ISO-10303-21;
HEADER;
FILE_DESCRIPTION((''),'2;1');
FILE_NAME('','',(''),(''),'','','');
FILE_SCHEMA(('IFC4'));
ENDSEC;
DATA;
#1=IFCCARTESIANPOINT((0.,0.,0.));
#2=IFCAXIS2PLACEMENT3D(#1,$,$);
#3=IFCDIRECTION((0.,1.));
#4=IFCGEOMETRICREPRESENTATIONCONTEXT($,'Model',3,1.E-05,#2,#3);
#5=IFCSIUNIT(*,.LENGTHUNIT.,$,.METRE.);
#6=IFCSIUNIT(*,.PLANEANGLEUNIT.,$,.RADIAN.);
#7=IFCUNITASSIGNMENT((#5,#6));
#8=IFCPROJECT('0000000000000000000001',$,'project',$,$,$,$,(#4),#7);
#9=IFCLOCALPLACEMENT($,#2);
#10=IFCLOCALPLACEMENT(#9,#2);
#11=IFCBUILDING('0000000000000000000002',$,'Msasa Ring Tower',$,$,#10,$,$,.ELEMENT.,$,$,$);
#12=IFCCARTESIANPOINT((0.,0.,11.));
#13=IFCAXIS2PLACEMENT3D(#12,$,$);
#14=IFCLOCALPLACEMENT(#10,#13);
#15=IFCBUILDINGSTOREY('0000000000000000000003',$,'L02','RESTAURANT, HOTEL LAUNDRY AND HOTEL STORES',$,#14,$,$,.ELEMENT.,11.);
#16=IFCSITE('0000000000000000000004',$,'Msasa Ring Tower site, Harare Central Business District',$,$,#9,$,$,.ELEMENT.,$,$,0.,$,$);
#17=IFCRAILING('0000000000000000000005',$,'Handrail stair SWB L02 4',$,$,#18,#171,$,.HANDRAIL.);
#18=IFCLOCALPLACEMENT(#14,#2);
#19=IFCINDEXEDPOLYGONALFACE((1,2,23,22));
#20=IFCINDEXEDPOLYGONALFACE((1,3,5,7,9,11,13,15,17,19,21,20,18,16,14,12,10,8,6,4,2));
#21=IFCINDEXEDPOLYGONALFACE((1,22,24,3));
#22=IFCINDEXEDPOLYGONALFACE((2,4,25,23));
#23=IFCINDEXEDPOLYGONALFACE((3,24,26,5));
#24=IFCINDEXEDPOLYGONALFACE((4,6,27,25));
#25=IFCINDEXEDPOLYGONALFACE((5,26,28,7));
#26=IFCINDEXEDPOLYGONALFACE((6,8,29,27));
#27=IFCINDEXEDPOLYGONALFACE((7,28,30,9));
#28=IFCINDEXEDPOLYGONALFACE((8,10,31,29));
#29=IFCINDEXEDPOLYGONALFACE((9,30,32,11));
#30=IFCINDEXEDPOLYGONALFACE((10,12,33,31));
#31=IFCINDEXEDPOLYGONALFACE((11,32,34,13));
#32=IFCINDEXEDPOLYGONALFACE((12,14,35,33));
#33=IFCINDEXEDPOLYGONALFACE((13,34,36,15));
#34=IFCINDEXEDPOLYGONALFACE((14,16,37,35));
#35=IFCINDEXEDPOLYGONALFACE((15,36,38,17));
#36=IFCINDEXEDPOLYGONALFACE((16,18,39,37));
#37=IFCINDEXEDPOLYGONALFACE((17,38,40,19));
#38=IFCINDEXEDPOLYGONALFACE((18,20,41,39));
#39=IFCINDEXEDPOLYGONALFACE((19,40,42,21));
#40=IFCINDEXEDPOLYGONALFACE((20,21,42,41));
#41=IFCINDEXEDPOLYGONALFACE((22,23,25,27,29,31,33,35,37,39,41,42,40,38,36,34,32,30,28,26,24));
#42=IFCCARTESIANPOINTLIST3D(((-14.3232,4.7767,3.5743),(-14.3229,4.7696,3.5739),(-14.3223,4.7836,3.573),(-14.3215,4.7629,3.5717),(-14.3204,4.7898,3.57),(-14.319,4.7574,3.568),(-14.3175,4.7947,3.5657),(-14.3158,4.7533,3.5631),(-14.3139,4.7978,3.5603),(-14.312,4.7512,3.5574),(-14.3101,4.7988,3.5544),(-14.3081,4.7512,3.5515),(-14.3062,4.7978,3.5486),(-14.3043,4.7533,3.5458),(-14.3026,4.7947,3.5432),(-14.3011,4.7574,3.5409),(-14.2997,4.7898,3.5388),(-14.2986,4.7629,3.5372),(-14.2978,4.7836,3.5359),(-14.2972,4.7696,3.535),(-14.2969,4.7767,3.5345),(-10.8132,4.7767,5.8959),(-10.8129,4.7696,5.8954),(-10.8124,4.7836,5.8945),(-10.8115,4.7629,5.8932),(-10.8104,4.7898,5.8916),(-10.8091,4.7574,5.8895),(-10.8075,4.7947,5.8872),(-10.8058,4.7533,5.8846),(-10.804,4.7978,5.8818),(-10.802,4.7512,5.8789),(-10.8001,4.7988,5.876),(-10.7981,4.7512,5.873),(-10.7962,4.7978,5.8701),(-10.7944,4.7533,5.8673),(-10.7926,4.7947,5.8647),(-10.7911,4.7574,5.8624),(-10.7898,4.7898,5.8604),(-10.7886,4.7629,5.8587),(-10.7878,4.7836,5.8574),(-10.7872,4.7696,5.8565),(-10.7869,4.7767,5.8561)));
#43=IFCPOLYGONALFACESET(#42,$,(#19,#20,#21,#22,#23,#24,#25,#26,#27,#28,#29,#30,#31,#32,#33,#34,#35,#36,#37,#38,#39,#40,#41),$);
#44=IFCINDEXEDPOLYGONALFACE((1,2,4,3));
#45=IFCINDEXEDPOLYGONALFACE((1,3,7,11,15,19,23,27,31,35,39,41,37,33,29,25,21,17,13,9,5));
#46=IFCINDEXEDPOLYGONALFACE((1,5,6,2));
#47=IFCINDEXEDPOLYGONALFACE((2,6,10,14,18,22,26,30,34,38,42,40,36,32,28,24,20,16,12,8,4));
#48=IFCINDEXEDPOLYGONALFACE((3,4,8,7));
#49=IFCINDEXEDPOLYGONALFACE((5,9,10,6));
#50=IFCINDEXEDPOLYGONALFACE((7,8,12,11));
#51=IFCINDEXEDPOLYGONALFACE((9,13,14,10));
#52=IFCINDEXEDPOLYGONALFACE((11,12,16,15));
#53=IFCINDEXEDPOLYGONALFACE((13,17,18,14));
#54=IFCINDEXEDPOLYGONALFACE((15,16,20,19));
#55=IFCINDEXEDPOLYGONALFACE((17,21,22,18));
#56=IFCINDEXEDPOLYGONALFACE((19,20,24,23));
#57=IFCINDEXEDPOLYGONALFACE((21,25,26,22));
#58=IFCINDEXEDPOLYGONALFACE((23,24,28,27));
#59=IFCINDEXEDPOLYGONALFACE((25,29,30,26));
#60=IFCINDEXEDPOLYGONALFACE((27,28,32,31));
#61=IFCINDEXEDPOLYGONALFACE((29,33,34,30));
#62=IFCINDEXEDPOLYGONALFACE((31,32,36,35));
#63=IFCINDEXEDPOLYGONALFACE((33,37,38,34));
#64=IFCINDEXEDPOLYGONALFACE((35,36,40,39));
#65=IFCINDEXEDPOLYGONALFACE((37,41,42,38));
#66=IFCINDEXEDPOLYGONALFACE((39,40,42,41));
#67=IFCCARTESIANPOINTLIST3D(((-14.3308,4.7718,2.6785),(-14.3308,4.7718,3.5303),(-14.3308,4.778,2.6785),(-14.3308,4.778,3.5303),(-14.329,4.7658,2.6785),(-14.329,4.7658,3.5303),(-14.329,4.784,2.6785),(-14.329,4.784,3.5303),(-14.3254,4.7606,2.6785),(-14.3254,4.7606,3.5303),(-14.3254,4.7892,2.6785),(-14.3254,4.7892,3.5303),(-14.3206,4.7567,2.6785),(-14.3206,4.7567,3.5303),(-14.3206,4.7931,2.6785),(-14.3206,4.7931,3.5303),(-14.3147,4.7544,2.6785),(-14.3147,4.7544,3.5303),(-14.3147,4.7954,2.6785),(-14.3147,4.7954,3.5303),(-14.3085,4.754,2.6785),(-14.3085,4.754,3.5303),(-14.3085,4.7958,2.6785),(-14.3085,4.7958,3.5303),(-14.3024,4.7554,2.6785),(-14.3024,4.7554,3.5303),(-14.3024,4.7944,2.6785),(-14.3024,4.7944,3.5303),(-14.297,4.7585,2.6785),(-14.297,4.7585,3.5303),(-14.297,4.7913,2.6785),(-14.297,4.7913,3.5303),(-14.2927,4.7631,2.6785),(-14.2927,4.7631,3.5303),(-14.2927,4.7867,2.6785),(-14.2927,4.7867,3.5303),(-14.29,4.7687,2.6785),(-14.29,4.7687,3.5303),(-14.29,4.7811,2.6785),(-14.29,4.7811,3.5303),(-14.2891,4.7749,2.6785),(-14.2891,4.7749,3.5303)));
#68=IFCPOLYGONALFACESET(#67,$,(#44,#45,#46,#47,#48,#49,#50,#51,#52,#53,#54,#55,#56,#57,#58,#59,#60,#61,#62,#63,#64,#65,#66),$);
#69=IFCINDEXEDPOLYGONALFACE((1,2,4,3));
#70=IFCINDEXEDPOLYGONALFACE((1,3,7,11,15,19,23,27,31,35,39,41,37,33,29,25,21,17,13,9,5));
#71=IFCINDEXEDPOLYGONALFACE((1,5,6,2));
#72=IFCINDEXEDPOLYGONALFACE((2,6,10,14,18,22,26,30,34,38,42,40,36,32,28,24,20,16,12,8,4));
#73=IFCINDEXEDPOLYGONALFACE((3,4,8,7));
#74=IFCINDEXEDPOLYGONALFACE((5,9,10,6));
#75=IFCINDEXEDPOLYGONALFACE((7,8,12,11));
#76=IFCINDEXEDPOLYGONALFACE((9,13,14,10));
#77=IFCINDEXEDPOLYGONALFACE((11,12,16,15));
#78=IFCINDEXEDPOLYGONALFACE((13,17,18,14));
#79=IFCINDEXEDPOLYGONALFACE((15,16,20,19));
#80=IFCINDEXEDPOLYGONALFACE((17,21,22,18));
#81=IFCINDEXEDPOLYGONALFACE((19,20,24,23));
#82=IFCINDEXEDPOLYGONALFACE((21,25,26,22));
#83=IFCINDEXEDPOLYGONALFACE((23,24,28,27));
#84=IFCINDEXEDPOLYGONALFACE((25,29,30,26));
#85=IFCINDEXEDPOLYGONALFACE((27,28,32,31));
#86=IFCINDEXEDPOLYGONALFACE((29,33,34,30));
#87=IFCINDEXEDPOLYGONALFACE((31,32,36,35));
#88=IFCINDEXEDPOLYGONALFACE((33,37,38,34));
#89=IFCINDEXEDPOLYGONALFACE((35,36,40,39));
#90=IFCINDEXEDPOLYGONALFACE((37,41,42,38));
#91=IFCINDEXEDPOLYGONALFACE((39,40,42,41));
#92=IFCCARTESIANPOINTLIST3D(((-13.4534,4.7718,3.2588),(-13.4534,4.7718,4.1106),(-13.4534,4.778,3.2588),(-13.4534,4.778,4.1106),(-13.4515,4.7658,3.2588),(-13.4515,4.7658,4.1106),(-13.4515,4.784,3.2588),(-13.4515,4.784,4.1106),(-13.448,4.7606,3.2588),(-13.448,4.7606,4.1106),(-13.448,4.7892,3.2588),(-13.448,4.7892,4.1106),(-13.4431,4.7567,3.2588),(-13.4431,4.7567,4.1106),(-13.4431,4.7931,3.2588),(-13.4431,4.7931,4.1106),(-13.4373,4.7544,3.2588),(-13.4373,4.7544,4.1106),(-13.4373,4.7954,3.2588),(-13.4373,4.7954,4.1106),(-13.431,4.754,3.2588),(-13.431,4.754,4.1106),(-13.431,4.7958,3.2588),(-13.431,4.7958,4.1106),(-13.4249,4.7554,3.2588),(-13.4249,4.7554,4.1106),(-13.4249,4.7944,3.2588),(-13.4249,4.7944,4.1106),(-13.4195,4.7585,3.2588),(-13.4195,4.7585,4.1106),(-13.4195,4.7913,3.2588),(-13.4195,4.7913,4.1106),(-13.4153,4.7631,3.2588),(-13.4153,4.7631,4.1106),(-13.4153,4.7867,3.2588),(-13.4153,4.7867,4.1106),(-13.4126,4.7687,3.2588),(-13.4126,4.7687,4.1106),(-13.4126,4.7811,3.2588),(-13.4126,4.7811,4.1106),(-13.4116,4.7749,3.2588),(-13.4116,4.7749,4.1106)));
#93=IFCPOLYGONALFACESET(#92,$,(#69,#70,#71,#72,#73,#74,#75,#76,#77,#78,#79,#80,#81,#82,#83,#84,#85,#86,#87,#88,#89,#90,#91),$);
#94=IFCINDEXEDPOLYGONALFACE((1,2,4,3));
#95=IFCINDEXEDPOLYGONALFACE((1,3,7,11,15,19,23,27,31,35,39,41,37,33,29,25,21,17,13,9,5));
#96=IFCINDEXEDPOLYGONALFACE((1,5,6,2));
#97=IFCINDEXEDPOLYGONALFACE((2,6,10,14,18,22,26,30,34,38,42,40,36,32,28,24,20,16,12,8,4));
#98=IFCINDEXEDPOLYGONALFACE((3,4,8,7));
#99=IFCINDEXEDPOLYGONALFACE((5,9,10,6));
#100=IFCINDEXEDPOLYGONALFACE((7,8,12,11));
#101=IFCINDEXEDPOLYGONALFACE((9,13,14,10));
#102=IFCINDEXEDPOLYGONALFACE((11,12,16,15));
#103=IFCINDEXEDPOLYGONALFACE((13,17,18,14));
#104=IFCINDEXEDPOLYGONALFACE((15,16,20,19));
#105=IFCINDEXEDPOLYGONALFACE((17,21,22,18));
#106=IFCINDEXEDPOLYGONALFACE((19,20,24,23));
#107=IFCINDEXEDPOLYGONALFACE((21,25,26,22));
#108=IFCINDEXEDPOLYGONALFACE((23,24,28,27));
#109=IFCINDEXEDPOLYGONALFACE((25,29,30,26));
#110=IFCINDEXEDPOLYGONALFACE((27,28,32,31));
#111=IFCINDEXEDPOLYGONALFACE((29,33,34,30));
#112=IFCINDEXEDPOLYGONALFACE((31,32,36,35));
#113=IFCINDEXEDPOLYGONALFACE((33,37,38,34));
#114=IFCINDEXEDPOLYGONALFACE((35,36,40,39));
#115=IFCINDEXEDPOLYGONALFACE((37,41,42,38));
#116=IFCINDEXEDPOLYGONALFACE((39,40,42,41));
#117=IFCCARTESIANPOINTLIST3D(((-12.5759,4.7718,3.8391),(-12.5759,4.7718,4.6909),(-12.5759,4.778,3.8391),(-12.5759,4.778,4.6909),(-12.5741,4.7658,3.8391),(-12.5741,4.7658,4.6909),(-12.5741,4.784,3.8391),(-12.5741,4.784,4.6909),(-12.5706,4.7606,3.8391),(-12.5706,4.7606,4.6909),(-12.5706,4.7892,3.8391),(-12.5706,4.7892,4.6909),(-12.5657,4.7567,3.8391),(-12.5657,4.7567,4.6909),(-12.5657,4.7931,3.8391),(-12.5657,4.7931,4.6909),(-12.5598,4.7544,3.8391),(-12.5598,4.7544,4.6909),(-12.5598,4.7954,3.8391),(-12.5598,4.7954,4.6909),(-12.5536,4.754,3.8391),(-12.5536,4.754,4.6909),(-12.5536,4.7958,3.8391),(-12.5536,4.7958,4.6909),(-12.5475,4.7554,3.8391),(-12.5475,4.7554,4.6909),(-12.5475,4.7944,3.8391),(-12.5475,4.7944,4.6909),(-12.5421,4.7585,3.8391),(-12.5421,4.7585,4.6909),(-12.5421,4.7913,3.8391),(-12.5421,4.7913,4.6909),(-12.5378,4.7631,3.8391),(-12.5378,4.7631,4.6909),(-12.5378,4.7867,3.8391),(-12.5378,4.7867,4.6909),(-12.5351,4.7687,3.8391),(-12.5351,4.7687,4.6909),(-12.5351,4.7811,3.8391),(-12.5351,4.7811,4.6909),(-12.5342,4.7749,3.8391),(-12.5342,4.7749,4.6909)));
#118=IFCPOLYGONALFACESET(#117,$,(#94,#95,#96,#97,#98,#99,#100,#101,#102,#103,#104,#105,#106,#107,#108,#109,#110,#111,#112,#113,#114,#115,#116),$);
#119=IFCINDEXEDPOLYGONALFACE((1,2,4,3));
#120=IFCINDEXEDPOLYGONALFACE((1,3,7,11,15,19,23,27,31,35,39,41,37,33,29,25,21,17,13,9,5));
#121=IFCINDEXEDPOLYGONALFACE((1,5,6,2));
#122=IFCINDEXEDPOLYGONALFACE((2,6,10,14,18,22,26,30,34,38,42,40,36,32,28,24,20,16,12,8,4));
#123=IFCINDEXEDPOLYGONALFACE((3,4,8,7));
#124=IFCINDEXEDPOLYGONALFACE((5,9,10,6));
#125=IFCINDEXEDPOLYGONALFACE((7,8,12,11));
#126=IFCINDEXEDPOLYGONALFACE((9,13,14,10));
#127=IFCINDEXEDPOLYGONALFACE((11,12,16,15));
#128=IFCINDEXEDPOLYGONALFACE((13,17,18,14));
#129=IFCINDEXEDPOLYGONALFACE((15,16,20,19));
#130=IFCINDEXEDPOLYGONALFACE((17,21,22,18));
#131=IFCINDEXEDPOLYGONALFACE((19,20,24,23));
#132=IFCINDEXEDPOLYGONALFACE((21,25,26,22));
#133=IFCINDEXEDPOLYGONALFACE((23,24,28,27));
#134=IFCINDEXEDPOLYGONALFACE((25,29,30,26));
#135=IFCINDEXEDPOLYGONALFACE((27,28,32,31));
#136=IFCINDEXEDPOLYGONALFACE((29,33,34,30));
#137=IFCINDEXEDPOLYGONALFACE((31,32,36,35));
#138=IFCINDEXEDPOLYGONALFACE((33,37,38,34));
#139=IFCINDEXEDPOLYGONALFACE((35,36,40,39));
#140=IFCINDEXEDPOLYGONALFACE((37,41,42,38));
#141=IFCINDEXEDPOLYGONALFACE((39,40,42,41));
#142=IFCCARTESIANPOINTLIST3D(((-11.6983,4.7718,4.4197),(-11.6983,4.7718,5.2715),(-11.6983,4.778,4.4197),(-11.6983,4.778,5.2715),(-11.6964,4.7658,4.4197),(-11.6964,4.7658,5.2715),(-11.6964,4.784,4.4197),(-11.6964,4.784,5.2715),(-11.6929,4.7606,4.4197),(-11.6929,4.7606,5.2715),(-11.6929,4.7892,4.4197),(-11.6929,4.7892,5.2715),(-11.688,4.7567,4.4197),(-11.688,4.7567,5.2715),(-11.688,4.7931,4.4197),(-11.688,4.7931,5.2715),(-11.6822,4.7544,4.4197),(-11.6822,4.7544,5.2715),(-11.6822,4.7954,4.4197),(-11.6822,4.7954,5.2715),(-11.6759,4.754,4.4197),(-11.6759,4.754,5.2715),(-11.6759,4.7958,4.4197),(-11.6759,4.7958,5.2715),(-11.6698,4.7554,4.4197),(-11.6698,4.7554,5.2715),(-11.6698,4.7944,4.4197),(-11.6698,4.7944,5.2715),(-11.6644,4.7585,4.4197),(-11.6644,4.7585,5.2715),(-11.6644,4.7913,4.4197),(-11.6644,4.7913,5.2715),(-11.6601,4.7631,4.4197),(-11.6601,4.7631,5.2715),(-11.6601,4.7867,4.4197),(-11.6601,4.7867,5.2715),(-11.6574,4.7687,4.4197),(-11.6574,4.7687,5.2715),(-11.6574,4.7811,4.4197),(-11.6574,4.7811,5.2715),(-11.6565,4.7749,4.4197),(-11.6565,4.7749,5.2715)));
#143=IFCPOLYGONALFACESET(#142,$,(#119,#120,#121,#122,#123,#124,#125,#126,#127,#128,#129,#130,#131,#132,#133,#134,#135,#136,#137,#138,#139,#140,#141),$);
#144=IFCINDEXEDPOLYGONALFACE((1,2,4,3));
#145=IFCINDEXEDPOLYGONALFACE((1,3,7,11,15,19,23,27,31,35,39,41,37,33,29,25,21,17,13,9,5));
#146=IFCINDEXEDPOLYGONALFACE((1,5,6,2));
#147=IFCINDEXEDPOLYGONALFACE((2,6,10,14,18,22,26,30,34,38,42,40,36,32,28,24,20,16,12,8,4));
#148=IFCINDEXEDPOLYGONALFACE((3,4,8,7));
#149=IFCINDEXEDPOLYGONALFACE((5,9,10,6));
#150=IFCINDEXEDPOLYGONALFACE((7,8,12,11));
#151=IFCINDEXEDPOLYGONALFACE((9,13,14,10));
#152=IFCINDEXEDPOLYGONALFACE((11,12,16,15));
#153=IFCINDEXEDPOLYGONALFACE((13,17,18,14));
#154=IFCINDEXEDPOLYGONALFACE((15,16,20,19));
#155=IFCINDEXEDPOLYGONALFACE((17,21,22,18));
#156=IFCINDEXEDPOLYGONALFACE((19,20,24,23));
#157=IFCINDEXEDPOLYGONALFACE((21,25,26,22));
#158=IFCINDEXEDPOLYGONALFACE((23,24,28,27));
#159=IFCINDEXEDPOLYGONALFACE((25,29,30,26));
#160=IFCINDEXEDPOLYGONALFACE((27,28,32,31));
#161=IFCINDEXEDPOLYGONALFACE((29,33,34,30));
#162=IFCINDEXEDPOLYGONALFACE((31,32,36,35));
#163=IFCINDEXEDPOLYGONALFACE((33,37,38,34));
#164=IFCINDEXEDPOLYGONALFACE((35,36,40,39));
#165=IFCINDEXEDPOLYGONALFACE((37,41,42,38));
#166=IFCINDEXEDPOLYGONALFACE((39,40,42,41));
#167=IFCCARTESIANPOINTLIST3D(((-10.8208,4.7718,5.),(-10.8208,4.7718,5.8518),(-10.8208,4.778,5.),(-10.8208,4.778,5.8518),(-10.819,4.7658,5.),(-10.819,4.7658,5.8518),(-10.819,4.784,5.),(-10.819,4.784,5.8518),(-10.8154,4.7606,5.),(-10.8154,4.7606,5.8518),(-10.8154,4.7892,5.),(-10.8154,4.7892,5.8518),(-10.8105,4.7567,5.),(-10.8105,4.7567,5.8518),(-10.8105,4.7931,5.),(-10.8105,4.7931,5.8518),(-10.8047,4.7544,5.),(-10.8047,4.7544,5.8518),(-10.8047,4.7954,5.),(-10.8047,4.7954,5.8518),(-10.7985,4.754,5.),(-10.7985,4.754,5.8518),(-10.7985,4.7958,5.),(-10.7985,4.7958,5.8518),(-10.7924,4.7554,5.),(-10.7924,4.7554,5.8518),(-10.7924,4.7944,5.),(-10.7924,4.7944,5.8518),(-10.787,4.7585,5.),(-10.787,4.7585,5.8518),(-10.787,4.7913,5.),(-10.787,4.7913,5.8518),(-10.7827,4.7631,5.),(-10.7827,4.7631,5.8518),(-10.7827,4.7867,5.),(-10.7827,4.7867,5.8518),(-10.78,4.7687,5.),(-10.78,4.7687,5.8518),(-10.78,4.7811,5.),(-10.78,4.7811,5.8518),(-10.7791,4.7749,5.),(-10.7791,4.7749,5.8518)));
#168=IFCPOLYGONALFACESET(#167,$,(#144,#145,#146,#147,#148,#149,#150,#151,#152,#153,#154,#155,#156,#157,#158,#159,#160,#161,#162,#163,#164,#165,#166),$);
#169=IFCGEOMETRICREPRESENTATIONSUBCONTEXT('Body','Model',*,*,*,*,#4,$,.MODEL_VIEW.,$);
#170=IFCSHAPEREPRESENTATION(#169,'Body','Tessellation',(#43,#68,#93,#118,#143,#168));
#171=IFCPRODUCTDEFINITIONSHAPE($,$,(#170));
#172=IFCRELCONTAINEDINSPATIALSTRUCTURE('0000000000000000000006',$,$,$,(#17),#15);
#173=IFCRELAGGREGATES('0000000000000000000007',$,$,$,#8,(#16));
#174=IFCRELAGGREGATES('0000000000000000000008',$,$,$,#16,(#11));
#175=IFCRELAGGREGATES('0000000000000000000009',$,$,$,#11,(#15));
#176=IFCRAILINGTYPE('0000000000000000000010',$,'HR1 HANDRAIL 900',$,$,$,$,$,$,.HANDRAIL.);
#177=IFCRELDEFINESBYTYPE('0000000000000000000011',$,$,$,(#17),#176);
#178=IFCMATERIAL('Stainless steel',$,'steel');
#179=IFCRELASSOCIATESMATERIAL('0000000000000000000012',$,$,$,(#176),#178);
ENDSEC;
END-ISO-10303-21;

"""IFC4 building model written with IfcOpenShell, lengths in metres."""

from ifc_helpers import new_model, si_unit, direction, frame, origin, origin_2d, place, context, subcontext, project, spatial, circle, extrude, material, type_object, element, save


model = new_model("IFC4")

# Units and contexts
model_context = context("Model", 3, precision=1e-05, world=origin(), true_north=direction((0.0, 1.0)))
body_context = subcontext(model_context, "Body", "Model", "MODEL_VIEW")
ifc_project = project(units=[si_unit("LENGTHUNIT", "METRE"), si_unit("PLANEANGLEUNIT", "RADIAN")], contexts=[model_context])

# Site, building, storey
site_placement = place(None, origin())
site = spatial("IfcSite", under=ifc_project, at=site_placement, Name="Msasa Ring Tower site, Harare Central Business District", CompositionType="ELEMENT", RefElevation=0.0)
building_placement = place(site_placement, origin())
building = spatial("IfcBuilding", under=site, at=building_placement, Name="Msasa Ring Tower", CompositionType="ELEMENT")
storey_placement = place(building_placement, frame((0.0, 0.0, 11.0)))
storey = spatial("IfcBuildingStorey", under=building, at=storey_placement, Name="L02", Description="RESTAURANT, HOTEL LAUNDRY AND HOTEL STORES", CompositionType="ELEMENT", Elevation=11.0)

# Railing
ifc_material_1 = material(Name="Stainless steel", Category="steel")
railing_type = type_object("IfcRailingType", Name="HR1 HANDRAIL 900", PredefinedType="HANDRAIL", material=ifc_material_1)
for number, where, name in (
    (1, (-14.3101, 4.7749, 2.6785), "Handrail stair SWB L02 4"),
):
    element("IfcRailing", number, at=place(storey_placement, frame(where)), inside=storey, type_object=railing_type, Name=name, PredefinedType="HANDRAIL", context=body_context, shape_type="SweptSolid", body=[
        extrude(circle(Radius=0.0239, at=origin_2d()), frame((0.0, 0.0, 0.876), z_axis=(0.834071, 0.0, 0.551657), x_axis=(0.0, 1.0, 0.0)), (0.0, 0.0, 1.0), 4.2083),
        extrude(circle(Radius=0.021, at=origin_2d()), origin(), (0.0, 0.0, 1.0), 0.8518),
        extrude(circle(Radius=0.021, at=origin_2d()), frame((0.8774, 0.0, 0.5803)), (0.0, 0.0, 1.0), 0.8518),
        extrude(circle(Radius=0.021, at=origin_2d()), frame((1.7549, 0.0, 1.1606)), (0.0, 0.0, 1.0), 0.8518),
        extrude(circle(Radius=0.021, at=origin_2d()), frame((2.6326, 0.0, 1.7412)), (0.0, 0.0, 1.0), 0.8518),
        extrude(circle(Radius=0.021, at=origin_2d()), frame((3.51, 0.0, 2.3215)), (0.0, 0.0, 1.0), 0.8518),
    ])

save(model, "model.ifc")
